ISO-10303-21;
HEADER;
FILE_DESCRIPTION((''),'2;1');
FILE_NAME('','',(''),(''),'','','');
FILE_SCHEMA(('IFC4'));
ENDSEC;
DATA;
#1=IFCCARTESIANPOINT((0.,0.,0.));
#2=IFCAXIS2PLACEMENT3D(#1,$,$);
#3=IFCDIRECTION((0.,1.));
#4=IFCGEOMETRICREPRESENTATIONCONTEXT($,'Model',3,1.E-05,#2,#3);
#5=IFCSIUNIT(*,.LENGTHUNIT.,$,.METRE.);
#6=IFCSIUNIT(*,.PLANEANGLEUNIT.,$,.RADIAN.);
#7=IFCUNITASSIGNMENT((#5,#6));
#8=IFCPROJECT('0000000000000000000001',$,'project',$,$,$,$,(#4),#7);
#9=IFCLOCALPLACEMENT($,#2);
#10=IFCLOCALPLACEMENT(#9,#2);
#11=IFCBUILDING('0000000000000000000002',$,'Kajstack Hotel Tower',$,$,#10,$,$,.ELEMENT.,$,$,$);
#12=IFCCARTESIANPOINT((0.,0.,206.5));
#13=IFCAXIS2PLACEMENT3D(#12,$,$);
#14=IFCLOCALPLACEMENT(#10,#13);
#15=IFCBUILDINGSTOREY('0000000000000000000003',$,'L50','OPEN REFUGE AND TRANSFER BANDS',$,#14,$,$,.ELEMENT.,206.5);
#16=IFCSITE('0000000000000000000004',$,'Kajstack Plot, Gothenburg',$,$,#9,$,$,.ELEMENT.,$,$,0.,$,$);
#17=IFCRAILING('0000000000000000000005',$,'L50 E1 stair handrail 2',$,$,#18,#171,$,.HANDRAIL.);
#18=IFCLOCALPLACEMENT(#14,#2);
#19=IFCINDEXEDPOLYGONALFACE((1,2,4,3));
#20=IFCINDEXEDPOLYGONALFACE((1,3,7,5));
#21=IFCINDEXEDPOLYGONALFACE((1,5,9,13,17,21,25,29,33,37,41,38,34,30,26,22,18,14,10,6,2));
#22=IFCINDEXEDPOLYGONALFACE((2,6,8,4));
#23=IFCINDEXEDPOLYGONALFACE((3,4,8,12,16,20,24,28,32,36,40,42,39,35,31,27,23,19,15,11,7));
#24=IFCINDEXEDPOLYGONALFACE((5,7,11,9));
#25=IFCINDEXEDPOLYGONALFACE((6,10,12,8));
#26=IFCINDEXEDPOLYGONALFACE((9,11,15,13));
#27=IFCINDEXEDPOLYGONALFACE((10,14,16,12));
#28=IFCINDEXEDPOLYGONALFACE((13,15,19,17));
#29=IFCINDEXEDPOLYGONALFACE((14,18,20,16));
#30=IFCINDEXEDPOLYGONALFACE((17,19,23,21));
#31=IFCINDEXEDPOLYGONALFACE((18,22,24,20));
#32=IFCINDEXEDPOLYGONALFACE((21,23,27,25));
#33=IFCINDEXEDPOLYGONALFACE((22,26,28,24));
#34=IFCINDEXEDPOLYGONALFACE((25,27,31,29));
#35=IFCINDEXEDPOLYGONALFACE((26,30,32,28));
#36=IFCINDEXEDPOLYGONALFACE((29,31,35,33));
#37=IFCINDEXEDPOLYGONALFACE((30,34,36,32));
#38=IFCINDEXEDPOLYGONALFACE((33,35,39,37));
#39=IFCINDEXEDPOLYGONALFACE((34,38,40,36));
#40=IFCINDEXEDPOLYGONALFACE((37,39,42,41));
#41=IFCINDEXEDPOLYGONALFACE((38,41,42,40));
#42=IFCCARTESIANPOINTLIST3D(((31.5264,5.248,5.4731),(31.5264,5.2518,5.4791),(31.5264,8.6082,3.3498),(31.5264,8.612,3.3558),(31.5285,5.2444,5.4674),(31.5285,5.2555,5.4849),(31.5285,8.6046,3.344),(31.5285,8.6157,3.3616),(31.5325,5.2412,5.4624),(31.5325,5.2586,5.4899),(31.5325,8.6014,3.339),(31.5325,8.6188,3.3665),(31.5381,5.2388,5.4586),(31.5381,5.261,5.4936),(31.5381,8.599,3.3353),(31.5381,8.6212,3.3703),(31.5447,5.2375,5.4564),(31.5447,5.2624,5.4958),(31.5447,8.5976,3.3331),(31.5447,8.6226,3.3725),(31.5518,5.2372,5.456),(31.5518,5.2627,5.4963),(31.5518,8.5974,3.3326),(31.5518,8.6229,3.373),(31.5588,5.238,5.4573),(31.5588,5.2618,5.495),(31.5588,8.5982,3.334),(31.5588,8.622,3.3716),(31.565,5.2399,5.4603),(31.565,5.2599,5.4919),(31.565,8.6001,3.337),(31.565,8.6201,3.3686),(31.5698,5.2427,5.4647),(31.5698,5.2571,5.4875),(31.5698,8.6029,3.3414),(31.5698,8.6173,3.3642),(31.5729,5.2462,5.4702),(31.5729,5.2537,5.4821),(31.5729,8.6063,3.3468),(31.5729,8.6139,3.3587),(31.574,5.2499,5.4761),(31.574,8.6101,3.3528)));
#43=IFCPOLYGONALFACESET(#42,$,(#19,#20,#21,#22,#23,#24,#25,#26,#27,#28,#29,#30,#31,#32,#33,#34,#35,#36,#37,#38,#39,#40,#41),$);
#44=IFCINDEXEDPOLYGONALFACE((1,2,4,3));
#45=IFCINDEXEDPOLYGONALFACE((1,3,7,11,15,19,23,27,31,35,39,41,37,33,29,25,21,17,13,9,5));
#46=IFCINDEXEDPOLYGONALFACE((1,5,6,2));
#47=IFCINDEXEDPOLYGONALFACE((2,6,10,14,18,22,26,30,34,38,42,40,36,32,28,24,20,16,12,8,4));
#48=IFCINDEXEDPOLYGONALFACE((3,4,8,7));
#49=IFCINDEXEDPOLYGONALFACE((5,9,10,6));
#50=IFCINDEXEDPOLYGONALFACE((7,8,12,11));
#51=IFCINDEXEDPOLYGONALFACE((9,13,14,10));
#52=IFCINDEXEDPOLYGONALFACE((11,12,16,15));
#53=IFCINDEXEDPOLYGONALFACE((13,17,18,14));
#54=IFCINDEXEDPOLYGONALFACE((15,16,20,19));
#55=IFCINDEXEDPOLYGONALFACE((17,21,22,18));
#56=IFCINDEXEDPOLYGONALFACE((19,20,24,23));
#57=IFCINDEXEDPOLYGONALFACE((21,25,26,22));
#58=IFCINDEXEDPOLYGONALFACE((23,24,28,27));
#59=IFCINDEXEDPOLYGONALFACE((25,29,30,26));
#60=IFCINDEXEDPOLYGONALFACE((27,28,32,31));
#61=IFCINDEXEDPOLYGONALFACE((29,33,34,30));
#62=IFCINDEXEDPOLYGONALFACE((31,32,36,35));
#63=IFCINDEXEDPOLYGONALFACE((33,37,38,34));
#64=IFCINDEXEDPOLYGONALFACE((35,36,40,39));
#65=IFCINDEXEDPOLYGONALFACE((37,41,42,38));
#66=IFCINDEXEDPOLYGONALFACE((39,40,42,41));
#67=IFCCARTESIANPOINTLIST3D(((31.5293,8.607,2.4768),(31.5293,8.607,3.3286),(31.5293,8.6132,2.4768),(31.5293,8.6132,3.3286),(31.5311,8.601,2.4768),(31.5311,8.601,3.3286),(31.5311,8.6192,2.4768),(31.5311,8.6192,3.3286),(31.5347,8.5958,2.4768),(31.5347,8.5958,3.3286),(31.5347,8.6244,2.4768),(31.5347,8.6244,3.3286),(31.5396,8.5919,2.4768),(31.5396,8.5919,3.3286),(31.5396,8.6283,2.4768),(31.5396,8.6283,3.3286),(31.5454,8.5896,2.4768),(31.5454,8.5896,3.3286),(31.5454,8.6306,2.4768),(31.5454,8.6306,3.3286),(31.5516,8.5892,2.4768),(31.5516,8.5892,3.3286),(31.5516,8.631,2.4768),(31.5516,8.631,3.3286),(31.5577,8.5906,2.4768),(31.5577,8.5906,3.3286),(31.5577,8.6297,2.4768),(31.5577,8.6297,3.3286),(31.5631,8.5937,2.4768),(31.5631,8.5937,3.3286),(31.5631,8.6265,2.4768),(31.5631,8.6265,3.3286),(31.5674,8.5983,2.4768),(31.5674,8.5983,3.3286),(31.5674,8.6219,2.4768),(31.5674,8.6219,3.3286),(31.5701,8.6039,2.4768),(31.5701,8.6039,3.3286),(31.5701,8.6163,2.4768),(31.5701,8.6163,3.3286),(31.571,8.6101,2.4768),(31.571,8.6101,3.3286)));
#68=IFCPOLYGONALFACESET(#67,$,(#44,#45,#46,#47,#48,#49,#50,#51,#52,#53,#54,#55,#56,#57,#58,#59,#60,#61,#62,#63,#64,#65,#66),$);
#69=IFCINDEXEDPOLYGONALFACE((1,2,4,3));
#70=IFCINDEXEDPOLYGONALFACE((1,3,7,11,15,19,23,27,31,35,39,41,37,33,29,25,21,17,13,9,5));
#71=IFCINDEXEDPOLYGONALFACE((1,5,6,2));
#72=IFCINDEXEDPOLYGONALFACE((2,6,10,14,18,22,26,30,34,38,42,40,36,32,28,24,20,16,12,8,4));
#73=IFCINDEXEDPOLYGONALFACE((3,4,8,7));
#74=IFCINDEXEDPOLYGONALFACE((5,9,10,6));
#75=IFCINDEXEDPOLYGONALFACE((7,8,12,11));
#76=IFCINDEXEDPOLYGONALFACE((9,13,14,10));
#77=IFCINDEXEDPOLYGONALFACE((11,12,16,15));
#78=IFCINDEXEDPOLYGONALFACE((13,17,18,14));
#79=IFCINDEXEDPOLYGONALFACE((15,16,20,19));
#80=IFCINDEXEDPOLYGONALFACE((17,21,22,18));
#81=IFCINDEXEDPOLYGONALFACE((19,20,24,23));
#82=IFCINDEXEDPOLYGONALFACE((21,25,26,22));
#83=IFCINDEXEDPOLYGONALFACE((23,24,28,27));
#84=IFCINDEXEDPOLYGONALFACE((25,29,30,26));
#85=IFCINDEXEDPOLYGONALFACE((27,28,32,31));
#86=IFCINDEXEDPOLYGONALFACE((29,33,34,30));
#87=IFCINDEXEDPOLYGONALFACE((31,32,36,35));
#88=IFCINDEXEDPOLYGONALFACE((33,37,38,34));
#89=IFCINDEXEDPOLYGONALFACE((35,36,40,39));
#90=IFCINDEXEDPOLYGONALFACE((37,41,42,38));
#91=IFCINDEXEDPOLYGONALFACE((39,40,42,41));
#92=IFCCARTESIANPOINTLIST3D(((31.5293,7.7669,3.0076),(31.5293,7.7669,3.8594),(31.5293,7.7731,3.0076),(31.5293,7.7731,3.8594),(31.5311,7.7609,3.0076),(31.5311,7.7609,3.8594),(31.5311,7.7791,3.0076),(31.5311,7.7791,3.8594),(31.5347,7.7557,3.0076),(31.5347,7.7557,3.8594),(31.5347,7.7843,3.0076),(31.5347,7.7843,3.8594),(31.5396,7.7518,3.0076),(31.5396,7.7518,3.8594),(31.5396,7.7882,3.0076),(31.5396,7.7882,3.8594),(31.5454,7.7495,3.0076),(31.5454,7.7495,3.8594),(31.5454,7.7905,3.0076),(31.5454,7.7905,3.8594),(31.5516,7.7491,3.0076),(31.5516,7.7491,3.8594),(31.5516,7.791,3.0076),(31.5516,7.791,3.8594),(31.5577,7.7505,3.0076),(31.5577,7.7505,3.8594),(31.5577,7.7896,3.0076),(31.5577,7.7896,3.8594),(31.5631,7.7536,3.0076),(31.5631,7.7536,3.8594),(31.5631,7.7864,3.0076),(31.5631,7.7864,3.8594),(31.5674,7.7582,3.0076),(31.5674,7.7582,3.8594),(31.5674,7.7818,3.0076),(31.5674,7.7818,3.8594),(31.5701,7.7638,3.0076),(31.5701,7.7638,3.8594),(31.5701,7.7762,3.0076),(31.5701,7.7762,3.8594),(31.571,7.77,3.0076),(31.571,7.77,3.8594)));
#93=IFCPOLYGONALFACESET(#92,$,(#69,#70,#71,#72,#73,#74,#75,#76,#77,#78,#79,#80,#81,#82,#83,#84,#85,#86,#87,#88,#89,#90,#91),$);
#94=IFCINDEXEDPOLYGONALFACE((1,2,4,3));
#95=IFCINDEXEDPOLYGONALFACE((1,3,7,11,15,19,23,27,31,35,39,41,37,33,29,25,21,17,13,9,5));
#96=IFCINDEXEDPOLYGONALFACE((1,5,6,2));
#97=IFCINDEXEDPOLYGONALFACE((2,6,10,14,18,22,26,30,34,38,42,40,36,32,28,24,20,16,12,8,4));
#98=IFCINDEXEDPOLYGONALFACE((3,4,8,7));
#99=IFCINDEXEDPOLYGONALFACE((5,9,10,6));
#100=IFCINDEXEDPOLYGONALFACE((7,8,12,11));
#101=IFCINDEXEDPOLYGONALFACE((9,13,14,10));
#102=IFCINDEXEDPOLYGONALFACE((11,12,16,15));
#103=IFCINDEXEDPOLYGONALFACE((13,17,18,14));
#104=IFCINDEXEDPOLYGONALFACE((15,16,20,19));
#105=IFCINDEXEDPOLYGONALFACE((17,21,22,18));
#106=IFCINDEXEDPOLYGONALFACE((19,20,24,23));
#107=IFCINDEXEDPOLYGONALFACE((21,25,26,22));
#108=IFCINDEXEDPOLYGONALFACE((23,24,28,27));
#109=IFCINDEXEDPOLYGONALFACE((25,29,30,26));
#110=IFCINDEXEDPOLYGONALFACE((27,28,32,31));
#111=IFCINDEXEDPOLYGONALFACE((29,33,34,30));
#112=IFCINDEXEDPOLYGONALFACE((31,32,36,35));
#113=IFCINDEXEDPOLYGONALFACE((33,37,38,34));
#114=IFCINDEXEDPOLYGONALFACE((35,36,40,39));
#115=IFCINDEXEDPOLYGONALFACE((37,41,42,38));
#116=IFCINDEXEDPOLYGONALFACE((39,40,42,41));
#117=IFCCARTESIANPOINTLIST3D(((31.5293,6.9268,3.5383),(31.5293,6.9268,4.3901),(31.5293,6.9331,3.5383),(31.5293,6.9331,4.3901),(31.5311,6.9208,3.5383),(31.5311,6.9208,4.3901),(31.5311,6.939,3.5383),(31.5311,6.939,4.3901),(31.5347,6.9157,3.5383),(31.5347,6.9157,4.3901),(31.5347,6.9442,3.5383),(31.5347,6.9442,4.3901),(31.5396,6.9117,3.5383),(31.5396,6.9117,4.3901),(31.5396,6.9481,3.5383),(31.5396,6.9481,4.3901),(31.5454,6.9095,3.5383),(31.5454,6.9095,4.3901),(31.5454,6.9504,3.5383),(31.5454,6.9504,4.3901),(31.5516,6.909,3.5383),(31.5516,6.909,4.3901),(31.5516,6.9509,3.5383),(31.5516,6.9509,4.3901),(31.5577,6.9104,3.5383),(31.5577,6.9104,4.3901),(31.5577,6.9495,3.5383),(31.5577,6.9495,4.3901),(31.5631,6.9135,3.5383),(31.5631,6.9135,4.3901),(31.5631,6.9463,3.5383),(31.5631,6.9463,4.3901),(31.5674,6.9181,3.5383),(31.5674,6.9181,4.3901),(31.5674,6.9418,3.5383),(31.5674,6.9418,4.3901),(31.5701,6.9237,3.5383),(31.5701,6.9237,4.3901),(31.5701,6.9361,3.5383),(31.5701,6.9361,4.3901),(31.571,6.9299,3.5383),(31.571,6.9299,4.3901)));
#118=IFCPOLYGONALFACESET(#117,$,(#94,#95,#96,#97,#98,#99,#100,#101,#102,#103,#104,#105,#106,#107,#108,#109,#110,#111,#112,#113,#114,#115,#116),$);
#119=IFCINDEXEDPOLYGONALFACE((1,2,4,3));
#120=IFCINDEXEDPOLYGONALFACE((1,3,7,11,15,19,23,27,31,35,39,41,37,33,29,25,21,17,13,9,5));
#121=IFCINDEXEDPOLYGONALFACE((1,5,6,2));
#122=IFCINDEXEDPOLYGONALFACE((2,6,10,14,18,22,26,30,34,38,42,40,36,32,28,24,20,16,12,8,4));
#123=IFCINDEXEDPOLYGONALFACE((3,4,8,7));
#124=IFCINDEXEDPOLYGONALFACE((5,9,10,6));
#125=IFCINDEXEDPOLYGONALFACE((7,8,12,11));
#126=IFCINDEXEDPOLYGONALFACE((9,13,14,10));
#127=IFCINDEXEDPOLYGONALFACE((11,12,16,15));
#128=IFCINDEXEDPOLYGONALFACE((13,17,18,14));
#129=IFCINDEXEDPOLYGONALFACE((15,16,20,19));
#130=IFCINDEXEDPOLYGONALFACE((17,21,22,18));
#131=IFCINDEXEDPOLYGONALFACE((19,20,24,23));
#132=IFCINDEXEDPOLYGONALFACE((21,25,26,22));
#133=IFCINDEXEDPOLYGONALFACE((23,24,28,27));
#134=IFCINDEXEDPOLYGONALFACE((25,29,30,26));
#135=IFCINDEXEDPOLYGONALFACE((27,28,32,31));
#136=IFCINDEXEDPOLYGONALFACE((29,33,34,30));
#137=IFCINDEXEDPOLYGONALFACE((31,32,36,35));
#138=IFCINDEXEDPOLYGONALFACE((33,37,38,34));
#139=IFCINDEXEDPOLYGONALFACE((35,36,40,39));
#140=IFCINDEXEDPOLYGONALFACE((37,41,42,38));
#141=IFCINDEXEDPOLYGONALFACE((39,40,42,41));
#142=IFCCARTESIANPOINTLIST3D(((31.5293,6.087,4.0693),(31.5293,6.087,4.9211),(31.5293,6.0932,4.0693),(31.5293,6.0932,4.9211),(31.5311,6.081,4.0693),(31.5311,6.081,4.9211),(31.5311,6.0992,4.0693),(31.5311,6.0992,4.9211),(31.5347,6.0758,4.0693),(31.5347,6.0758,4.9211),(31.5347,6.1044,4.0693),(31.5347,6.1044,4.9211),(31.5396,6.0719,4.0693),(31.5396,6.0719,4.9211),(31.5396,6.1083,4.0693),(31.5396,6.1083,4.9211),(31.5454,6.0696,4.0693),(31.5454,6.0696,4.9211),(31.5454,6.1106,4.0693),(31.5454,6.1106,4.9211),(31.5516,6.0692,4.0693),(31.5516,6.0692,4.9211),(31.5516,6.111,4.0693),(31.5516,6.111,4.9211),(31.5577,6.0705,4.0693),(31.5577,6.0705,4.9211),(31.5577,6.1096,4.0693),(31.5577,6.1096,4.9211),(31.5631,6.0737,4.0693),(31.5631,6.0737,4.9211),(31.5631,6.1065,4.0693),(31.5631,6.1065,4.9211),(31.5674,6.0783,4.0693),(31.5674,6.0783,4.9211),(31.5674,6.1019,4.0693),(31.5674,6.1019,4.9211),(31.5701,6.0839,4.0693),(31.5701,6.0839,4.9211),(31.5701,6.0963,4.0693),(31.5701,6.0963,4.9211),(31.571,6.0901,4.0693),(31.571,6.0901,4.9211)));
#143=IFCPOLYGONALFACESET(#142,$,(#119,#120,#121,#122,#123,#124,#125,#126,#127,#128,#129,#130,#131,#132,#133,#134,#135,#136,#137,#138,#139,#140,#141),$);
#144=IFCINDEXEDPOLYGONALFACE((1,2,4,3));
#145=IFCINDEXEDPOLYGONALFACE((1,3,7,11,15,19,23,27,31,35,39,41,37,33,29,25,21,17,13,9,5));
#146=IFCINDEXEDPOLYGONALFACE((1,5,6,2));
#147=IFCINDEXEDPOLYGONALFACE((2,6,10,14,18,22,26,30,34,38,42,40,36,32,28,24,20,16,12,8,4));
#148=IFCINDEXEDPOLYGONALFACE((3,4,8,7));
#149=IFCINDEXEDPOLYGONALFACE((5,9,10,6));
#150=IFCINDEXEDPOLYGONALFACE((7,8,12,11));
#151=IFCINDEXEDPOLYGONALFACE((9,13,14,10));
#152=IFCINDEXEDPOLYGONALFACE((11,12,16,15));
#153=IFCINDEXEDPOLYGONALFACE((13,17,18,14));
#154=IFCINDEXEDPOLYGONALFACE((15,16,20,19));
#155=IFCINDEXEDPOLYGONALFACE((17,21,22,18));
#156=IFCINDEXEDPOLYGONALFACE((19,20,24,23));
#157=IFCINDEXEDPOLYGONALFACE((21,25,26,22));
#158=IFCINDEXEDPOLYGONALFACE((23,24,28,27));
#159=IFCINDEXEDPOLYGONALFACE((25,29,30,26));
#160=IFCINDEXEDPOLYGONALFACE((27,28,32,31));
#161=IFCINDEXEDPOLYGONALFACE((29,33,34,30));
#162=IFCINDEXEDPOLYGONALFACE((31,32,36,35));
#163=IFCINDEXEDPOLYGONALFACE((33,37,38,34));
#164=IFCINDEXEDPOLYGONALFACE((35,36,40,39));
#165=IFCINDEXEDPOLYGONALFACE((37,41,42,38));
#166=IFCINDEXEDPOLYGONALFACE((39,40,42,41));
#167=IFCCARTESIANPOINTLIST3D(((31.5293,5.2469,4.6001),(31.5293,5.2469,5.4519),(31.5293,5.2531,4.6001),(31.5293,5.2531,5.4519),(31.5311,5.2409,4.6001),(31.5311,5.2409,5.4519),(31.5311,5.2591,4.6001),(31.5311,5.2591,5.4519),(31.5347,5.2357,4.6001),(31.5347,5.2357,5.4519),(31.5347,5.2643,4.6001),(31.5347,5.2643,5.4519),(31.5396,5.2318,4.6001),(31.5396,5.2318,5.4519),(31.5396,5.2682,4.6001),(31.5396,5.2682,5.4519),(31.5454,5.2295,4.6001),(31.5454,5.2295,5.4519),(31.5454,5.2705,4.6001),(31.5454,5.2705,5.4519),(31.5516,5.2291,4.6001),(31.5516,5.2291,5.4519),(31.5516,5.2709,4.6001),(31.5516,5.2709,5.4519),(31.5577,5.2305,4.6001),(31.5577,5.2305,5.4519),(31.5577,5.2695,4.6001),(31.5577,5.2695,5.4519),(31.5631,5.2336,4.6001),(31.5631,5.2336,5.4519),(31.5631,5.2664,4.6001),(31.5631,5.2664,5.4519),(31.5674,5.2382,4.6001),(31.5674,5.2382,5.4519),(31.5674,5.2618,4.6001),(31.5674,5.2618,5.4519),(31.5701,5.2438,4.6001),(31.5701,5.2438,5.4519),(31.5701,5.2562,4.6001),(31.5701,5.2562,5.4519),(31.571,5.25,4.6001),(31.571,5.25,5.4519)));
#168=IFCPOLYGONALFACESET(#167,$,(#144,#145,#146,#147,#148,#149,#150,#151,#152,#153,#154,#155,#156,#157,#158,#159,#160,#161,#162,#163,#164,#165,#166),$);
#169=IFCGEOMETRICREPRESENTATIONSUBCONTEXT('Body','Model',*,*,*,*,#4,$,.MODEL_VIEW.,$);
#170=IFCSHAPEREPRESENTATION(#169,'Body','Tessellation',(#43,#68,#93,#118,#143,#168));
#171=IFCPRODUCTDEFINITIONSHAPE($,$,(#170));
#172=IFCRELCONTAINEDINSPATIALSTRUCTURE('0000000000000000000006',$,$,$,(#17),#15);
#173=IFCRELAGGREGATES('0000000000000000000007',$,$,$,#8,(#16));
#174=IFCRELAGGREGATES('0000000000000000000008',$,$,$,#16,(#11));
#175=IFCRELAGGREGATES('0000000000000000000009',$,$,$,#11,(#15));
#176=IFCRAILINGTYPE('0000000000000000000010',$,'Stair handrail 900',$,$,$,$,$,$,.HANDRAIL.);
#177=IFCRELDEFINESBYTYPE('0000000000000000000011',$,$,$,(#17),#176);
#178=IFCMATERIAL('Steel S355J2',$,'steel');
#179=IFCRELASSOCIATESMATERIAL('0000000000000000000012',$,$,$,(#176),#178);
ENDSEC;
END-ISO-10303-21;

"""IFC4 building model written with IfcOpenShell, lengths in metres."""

from ifc_helpers import new_model, si_unit, direction, frame, origin, origin_2d, place, context, subcontext, project, spatial, circle, extrude, material, type_object, element, save


model = new_model("IFC4")

# Units and contexts
model_context = context("Model", 3, precision=1e-05, world=origin(), true_north=direction((0.0, 1.0)))
body_context = subcontext(model_context, "Body", "Model", "MODEL_VIEW")
ifc_project = project(units=[si_unit("LENGTHUNIT", "METRE"), si_unit("PLANEANGLEUNIT", "RADIAN")], contexts=[model_context])

# Site, building, storey
site_placement = place(None, origin())
site = spatial("IfcSite", under=ifc_project, at=site_placement, Name="Kajstack Plot, Gothenburg", CompositionType="ELEMENT", RefElevation=0.0)
building_placement = place(site_placement, origin())
building = spatial("IfcBuilding", under=site, at=building_placement, Name="Kajstack Hotel Tower", CompositionType="ELEMENT")
storey_placement = place(building_placement, frame((0.0, 0.0, 206.5)))
storey = spatial("IfcBuildingStorey", under=building, at=storey_placement, Name="L50", Description="OPEN REFUGE AND TRANSFER BANDS", CompositionType="ELEMENT", Elevation=206.5)

# Railing
ifc_material_1 = material(Name="Steel S355J2", Category="steel")
railing_type_1 = type_object("IfcRailingType", Name="Stair handrail 900", PredefinedType="HANDRAIL", material=ifc_material_1)
railing_1_placement = place(storey_placement, frame((31.55, 8.6101, 2.4768)))
element("IfcRailing", 1, at=railing_1_placement, inside=storey, type_object=railing_type_1, Name="L50 E1 stair handrail 2", PredefinedType="HANDRAIL", context=body_context, shape_type="SweptSolid", body=[
    extrude(circle(Radius=0.0239, at=origin_2d()), frame((0.0, 0.0, 0.876), z_axis=(0.0, -0.845362, 0.534194), x_axis=(1.0, 0.0, 0.0)), (0.0, 0.0, 1.0), 3.9749),
    extrude(circle(Radius=0.021, at=origin_2d()), origin(), (0.0, 0.0, 1.0), 0.8518),
    extrude(circle(Radius=0.021, at=origin_2d()), frame((0.0, -0.8401, 0.5308)), (0.0, 0.0, 1.0), 0.8518),
    extrude(circle(Radius=0.021, at=origin_2d()), frame((0.0, -1.6802, 1.0615)), (0.0, 0.0, 1.0), 0.8518),
    extrude(circle(Radius=0.021, at=origin_2d()), frame((0.0, -2.52, 1.5925)), (0.0, 0.0, 1.0), 0.8518),
    extrude(circle(Radius=0.021, at=origin_2d()), frame((0.0, -3.3601, 2.1233)), (0.0, 0.0, 1.0), 0.8518),
])

save(model, "model.ifc")
